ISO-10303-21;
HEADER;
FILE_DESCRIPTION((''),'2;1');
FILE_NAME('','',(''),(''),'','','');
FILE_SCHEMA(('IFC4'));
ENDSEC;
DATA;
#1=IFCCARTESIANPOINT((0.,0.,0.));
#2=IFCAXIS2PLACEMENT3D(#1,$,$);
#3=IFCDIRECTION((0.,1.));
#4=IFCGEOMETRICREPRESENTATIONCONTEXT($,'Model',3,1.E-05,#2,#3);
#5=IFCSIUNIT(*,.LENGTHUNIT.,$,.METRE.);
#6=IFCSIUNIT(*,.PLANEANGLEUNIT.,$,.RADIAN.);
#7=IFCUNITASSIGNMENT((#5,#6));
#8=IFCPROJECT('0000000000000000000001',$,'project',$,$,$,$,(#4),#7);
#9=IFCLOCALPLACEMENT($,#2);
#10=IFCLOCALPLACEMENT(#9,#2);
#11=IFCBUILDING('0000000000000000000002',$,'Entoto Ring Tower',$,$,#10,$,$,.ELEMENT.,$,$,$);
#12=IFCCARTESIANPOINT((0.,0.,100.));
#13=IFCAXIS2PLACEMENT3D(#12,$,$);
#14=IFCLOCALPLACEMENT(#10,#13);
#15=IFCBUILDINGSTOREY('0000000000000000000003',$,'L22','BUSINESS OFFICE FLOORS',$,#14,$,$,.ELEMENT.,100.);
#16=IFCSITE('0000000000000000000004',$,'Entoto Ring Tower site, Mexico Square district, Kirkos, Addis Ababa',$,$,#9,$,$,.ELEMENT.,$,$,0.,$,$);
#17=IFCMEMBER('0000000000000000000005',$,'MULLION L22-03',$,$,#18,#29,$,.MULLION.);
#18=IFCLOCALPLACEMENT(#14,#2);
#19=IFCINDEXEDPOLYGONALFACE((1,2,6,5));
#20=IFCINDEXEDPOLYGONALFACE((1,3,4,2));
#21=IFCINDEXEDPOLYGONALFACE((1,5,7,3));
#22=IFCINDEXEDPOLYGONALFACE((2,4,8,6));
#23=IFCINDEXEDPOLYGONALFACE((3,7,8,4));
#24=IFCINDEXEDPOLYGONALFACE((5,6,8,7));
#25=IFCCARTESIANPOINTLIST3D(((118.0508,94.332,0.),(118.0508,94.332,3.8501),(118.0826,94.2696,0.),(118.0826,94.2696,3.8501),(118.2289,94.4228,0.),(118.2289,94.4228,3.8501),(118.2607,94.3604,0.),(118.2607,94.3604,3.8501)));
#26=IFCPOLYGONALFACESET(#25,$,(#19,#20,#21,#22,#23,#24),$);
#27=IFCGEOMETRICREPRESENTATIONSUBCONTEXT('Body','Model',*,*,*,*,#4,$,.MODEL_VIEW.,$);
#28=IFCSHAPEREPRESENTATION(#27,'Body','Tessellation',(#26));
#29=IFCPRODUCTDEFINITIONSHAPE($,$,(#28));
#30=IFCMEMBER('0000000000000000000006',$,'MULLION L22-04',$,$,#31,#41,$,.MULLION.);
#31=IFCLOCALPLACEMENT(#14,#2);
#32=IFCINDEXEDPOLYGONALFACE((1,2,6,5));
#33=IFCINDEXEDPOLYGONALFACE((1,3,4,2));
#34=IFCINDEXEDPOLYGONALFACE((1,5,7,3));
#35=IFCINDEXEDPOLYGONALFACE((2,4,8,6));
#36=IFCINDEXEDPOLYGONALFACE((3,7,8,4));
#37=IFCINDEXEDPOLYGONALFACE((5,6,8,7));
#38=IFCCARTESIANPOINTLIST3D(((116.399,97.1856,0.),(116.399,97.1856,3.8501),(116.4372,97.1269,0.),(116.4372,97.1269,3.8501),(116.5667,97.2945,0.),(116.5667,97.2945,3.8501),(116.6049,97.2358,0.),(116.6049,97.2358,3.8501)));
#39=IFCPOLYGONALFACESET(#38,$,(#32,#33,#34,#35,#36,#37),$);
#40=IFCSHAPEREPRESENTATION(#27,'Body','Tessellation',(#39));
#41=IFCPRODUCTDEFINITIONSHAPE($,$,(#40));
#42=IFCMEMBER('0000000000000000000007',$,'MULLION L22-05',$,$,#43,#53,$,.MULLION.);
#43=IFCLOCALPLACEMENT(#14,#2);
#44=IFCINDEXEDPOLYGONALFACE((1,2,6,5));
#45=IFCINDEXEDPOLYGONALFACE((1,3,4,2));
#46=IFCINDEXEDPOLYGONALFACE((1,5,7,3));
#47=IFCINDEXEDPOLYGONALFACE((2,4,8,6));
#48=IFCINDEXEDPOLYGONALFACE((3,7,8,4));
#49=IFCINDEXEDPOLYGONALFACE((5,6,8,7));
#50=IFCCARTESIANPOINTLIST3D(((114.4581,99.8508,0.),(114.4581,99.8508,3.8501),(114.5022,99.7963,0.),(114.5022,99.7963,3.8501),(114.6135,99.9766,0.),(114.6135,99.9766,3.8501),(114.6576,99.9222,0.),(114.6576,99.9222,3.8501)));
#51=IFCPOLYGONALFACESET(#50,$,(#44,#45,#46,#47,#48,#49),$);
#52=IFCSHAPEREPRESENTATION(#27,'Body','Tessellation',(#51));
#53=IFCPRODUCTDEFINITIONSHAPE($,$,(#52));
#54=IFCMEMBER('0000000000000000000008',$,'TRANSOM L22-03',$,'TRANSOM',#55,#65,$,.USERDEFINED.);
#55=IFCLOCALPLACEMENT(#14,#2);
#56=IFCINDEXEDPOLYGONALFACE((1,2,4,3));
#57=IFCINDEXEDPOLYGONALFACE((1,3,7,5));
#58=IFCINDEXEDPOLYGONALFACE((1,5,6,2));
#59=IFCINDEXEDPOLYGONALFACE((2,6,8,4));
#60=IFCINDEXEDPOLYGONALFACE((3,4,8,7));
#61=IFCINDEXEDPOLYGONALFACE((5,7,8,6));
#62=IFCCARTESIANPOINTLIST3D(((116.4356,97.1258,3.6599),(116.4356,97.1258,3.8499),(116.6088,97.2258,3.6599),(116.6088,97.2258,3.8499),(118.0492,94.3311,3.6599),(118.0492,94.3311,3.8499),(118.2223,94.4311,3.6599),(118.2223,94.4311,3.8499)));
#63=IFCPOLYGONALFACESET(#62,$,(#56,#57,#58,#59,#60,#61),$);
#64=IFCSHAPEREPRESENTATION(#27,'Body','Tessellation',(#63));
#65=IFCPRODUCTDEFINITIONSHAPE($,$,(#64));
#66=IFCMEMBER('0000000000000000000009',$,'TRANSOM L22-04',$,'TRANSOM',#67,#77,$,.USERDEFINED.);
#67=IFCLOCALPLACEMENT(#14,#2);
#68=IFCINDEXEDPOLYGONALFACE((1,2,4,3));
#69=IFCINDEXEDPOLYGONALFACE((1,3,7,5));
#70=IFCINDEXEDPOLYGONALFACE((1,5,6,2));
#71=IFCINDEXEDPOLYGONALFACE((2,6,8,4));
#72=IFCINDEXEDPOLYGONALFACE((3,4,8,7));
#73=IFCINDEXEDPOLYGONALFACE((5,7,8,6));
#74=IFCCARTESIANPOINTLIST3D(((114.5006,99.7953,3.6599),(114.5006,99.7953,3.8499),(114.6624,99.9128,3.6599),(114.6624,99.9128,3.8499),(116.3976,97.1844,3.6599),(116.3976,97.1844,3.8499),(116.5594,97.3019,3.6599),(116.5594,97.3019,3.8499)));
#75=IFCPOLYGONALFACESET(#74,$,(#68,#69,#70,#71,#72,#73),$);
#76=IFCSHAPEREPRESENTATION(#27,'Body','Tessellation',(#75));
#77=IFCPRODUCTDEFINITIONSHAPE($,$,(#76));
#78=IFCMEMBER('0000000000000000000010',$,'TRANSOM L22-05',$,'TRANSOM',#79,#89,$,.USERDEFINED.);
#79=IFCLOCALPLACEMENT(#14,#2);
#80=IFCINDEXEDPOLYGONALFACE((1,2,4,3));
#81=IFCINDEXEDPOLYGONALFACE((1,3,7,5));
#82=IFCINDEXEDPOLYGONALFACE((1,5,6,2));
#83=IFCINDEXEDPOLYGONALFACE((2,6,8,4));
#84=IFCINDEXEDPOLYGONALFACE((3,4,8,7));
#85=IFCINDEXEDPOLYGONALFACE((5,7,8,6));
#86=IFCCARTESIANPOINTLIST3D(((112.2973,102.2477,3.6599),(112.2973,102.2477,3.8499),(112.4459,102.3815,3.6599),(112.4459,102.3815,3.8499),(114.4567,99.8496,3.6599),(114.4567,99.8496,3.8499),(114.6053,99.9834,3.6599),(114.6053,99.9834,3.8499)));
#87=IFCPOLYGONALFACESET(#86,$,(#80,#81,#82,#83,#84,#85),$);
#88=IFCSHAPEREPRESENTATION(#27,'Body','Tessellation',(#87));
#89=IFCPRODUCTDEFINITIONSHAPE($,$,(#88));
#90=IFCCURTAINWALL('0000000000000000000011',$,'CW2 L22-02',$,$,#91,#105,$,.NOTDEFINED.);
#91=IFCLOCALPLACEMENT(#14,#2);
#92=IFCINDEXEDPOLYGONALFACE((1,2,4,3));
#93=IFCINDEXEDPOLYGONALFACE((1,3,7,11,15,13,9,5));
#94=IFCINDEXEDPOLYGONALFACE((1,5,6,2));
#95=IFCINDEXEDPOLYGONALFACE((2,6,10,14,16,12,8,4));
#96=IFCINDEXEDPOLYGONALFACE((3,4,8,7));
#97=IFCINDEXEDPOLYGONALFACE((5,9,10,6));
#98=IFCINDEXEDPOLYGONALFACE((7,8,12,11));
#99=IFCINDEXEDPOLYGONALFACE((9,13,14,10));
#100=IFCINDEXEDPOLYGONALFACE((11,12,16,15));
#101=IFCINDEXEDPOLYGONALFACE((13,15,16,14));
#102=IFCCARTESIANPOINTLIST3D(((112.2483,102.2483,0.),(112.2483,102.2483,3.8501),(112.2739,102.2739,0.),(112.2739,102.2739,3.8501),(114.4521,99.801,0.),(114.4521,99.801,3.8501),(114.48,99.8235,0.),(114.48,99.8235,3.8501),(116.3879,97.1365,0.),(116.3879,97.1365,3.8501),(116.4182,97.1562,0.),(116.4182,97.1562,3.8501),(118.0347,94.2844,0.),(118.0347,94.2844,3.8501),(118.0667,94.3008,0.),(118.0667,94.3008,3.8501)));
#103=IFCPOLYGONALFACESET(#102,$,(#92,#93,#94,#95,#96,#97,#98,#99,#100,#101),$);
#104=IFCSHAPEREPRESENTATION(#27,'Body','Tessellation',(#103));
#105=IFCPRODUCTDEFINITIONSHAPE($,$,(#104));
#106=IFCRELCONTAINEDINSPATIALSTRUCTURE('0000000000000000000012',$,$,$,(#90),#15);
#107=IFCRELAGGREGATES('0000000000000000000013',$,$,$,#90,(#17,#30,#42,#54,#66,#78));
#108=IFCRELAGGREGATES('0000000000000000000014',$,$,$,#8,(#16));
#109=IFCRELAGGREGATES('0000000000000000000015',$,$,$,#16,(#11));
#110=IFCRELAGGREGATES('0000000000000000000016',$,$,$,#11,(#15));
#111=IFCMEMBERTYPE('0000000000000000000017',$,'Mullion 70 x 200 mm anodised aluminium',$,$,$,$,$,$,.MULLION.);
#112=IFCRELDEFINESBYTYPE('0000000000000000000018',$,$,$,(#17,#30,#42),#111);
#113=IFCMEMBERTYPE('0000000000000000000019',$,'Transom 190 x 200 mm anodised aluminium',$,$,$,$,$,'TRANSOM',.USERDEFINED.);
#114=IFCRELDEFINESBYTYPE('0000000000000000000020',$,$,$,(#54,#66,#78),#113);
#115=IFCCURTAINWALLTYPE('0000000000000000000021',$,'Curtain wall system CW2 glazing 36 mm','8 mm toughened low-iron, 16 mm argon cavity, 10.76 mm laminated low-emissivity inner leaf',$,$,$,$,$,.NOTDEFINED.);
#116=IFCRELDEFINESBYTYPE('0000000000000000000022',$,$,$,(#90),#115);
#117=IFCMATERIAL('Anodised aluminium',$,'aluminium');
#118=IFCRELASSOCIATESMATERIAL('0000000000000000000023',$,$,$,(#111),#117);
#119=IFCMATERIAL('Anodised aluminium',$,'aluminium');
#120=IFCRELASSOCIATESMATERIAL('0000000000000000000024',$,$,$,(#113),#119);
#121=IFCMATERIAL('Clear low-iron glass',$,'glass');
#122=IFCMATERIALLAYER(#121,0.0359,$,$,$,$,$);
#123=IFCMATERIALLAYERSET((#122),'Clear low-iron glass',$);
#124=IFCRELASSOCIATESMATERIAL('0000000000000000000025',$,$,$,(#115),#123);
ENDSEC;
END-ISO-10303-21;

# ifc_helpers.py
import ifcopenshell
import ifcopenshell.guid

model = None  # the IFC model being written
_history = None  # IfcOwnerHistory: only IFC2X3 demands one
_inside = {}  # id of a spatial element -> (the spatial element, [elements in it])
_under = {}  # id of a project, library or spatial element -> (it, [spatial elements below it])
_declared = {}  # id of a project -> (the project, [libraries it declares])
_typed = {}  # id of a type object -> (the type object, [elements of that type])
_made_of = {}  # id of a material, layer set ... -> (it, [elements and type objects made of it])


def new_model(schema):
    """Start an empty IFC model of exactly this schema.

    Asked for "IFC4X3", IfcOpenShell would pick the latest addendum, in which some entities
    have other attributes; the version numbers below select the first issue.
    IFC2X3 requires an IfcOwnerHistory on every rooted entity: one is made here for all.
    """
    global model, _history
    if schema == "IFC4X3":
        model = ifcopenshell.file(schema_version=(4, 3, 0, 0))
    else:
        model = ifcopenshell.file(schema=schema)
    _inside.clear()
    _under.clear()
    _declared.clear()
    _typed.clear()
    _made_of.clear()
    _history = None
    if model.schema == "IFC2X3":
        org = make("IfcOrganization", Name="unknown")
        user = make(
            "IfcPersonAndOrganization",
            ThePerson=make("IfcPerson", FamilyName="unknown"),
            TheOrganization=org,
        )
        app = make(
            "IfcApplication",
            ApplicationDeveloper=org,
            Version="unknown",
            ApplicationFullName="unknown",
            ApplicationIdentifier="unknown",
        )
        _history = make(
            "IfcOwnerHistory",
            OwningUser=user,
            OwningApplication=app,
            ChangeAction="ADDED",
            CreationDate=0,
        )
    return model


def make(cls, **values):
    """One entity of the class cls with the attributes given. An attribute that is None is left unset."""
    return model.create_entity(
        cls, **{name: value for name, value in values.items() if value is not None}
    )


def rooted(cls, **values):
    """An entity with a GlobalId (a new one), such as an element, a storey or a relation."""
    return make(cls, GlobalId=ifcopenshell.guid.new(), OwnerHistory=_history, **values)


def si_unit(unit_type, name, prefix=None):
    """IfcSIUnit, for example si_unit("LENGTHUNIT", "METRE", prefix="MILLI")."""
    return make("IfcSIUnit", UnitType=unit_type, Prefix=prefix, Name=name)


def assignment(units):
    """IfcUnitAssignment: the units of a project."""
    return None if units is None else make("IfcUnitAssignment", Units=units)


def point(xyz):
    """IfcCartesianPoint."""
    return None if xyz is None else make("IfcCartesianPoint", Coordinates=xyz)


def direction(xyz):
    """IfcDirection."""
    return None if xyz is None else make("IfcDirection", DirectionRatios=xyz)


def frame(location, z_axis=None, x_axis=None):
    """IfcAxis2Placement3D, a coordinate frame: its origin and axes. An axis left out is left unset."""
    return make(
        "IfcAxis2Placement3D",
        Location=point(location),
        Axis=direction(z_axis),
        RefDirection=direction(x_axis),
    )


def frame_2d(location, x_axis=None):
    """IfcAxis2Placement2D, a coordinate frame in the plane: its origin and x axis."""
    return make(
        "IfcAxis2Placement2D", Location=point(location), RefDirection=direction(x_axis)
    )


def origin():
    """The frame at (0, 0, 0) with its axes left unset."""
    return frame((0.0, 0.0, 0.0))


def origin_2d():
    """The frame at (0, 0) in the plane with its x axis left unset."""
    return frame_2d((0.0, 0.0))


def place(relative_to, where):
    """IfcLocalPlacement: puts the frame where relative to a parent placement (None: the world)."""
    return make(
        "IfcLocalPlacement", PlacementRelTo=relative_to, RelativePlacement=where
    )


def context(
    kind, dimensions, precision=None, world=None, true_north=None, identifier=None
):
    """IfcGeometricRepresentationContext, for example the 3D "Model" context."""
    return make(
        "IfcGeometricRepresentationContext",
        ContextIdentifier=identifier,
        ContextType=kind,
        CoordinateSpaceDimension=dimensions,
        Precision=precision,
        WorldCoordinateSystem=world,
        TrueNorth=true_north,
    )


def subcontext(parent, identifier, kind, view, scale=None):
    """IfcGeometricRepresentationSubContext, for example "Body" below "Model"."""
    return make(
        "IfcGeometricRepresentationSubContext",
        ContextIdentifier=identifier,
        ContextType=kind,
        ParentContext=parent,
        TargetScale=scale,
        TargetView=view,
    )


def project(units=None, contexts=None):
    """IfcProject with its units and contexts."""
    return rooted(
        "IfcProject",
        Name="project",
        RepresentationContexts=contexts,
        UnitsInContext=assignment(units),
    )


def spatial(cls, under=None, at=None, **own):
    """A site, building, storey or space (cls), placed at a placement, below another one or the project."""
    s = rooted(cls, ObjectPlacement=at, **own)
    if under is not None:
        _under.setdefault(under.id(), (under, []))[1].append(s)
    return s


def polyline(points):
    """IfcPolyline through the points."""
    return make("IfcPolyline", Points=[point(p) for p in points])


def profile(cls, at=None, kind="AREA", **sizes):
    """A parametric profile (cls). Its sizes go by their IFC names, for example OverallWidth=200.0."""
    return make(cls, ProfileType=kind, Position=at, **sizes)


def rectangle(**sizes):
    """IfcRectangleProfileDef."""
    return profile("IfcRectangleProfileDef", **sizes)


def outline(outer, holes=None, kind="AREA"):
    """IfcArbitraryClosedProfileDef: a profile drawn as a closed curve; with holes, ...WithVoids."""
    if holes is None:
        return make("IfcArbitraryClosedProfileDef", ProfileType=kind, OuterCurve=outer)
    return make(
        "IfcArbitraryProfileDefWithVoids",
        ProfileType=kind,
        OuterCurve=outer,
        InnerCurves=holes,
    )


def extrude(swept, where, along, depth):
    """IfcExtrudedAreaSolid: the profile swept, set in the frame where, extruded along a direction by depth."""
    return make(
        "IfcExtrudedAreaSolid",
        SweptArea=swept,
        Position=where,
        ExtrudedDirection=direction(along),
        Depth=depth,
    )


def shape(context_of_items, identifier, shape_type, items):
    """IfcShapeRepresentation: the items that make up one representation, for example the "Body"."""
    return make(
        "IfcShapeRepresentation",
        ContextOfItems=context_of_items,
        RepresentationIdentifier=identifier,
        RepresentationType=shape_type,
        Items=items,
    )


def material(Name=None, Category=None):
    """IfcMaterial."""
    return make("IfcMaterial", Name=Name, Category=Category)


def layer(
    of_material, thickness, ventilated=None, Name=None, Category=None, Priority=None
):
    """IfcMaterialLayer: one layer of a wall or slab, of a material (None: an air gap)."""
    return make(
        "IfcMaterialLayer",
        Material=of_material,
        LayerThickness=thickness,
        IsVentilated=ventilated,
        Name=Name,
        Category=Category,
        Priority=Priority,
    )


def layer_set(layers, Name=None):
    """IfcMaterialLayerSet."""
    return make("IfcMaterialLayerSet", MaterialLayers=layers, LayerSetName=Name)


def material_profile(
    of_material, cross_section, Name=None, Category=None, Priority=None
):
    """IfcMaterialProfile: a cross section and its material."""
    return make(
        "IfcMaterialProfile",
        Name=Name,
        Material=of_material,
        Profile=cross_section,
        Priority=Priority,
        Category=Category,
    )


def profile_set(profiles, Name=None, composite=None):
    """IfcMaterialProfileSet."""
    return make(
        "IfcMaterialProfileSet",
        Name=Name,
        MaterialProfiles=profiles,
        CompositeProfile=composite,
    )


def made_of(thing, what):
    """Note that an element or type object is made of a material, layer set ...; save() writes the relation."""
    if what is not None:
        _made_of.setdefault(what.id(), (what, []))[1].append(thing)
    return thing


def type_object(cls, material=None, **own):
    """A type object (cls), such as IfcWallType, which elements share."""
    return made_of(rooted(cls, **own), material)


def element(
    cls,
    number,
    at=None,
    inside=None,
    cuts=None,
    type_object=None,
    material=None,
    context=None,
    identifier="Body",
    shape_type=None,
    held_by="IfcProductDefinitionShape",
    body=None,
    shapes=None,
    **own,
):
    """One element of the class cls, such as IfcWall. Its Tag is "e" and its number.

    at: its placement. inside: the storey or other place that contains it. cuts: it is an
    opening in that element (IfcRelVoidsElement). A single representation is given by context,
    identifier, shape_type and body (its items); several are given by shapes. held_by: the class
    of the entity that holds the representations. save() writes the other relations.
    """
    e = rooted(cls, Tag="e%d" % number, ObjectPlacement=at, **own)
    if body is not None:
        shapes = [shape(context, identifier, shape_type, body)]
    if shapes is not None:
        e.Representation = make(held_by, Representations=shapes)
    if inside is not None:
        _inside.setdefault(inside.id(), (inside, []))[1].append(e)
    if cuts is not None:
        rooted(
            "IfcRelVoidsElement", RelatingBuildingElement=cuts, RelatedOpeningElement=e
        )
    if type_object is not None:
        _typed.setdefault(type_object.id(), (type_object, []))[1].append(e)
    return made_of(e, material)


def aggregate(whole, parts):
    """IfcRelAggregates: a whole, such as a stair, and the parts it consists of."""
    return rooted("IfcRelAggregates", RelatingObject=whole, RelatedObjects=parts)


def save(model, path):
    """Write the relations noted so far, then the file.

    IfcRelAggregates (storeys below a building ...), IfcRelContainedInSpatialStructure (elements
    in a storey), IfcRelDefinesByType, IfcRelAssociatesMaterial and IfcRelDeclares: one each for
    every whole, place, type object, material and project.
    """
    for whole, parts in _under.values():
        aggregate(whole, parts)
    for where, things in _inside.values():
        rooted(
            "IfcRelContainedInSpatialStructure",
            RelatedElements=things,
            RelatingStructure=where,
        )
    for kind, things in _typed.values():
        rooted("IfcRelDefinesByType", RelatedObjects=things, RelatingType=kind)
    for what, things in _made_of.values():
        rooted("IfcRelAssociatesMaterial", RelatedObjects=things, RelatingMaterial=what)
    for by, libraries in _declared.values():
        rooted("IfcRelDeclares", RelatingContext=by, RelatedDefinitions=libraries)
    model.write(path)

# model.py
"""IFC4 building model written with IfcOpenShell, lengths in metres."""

from ifc_helpers import new_model, si_unit, direction, frame, origin, origin_2d, place, context, subcontext, project, spatial, polyline, rectangle, outline, extrude, material, layer, layer_set, material_profile, profile_set, type_object, element, aggregate, save


model = new_model("IFC4")

# Units and contexts
model_context = context("Model", 3, precision=1e-05, world=origin(), true_north=direction((0.0, 1.0)))
body_context = subcontext(model_context, "Body", "Model", "MODEL_VIEW")
ifc_project = project(units=[si_unit("LENGTHUNIT", "METRE"), si_unit("PLANEANGLEUNIT", "RADIAN")], contexts=[model_context])

# Members
ifc_material_1 = material(Name="Anodised aluminium", Category="aluminium")
ifc_material_profile_1 = material_profile(ifc_material_1, rectangle(XDim=0.0701, YDim=0.2, at=origin_2d()), Name="Mullion 70 x 200 mm anodised aluminium")
ifc_profile_set_1 = profile_set([ifc_material_profile_1], Name="Anodised aluminium")
member_type_1 = type_object("IfcMemberType", Name="Mullion 70 x 200 mm anodised aluminium", PredefinedType="MULLION", material=ifc_profile_set_1)
site_placement = place(None, origin())
building_placement = place(site_placement, origin())
storey_placement = place(building_placement, frame((0.0, 0.0, 100.0)))
member_1_placement = place(storey_placement, frame((118.1558, 94.3462, 0.0), z_axis=(0.0, 0.0, 1.0), x_axis=(-0.45399, 0.891007, 0.0)))
member_1 = element("IfcMember", 1, at=member_1_placement, type_object=member_type_1, Name="MULLION L22-03", PredefinedType="MULLION", context=body_context, shape_type="SweptSolid", body=[
    extrude(rectangle(XDim=0.0701, YDim=0.2, at=origin_2d()), origin(), (0.0, 0.0, 1.0), 3.8501),
])
member_2_placement = place(storey_placement, frame((116.502, 97.2107, 0.0), z_axis=(0.0, 0.0, 1.0), x_axis=(-0.544639, 0.838671, 0.0)))
member_2 = element("IfcMember", 2, at=member_2_placement, type_object=member_type_1, Name="MULLION L22-04", PredefinedType="MULLION", context=body_context, shape_type="SweptSolid", body=[
    extrude(rectangle(XDim=0.0701, YDim=0.2, at=origin_2d()), origin(), (0.0, 0.0, 1.0), 3.8501),
])
member_3_placement = place(storey_placement, frame((114.5579, 99.8865, 0.0), z_axis=(0.0, 0.0, 1.0), x_axis=(-0.62932, 0.777146, 0.0)))
member_3 = element("IfcMember", 3, at=member_3_placement, type_object=member_type_1, Name="MULLION L22-05", PredefinedType="MULLION", context=body_context, shape_type="SweptSolid", body=[
    extrude(rectangle(XDim=0.0701, YDim=0.2, at=origin_2d()), origin(), (0.0, 0.0, 1.0), 3.8501),
])
ifc_material_2 = material(Name="Anodised aluminium", Category="aluminium")
ifc_material_profile_2 = material_profile(ifc_material_2, rectangle(XDim=0.2, YDim=0.1899, at=origin_2d()), Name="Transom 190 x 200 mm anodised aluminium")
ifc_profile_set_2 = profile_set([ifc_material_profile_2], Name="Anodised aluminium")
member_type_2 = type_object("IfcMemberType", Name="Transom 190 x 200 mm anodised aluminium", ElementType="TRANSOM", PredefinedType="USERDEFINED", material=ifc_profile_set_2)
member_4_placement = place(storey_placement, frame((118.1357, 94.3811, 3.7549), z_axis=(-0.500004, 0.866023, 0.0), x_axis=(-0.866023, -0.500004, 0.0)))
member_4 = element("IfcMember", 4, at=member_4_placement, type_object=member_type_2, Name="TRANSOM L22-03", ObjectType="TRANSOM", PredefinedType="USERDEFINED", context=body_context, shape_type="SweptSolid", body=[
    extrude(rectangle(XDim=0.2, YDim=0.1899, at=origin_2d()), origin(), (0.0, 0.0, 1.0), 3.2271),
])
member_5_placement = place(storey_placement, frame((116.4785, 97.2432, 3.7549), z_axis=(-0.587803, 0.809004, 0.0), x_axis=(-0.809004, -0.587803, 0.0)))
member_5 = element("IfcMember", 5, at=member_5_placement, type_object=member_type_2, Name="TRANSOM L22-04", ObjectType="TRANSOM", PredefinedType="USERDEFINED", context=body_context, shape_type="SweptSolid", body=[
    extrude(rectangle(XDim=0.2, YDim=0.1899, at=origin_2d()), origin(), (0.0, 0.0, 1.0), 3.2273),
])
member_6_placement = place(storey_placement, frame((114.531, 99.9165, 3.7549), z_axis=(-0.669144, 0.743132, 0.0), x_axis=(-0.743132, -0.669144, 0.0)))
member_6 = element("IfcMember", 6, at=member_6_placement, type_object=member_type_2, Name="TRANSOM L22-05", ObjectType="TRANSOM", PredefinedType="USERDEFINED", context=body_context, shape_type="SweptSolid", body=[
    extrude(rectangle(XDim=0.2, YDim=0.1899, at=origin_2d()), origin(), (0.0, 0.0, 1.0), 3.2271),
])

# Site, building, storey
site = spatial("IfcSite", under=ifc_project, at=site_placement, Name="Entoto Ring Tower site, Mexico Square district, Kirkos, Addis Ababa", CompositionType="ELEMENT", RefElevation=0.0)
building = spatial("IfcBuilding", under=site, at=building_placement, Name="Entoto Ring Tower", CompositionType="ELEMENT")
storey = spatial("IfcBuildingStorey", under=building, at=storey_placement, Name="L22", Description="BUSINESS OFFICE FLOORS", CompositionType="ELEMENT", Elevation=100.0)

# Curtain wall
ifc_material_3 = material(Name="Clear low-iron glass", Category="glass")
ifc_layer_1 = layer(ifc_material_3, 0.0359)
ifc_layer_set_1 = layer_set([ifc_layer_1], Name="Clear low-iron glass")
curtain_wall_type = type_object("IfcCurtainWallType", Name="Curtain wall system CW2 glazing 36 mm", Description="8 mm toughened low-iron, 16 mm argon cavity, 10.76 mm laminated low-emissivity inner leaf", PredefinedType="NOTDEFINED", material=ifc_layer_set_1)
curtain_wall_1_placement = place(storey_placement, origin())
curtain_wall_1 = element("IfcCurtainWall", 7, at=curtain_wall_1_placement, inside=storey, type_object=curtain_wall_type, Name="CW2 L22-02", PredefinedType="NOTDEFINED", context=body_context, shape_type="SweptSolid", body=[
    extrude(outline(polyline([(118.0667, 94.3008), (116.4182, 97.1562), (114.48, 99.8235), (112.2739, 102.2739), (112.2483, 102.2483), (114.4521, 99.801), (116.3879, 97.1365), (118.0347, 94.2844), (118.0667, 94.3008)])), origin(), (0.0, 0.0, 1.0), 3.8501),
])
aggregate(curtain_wall_1, [member_1, member_2, member_3, member_4, member_5, member_6])

save(model, "model.ifc")
